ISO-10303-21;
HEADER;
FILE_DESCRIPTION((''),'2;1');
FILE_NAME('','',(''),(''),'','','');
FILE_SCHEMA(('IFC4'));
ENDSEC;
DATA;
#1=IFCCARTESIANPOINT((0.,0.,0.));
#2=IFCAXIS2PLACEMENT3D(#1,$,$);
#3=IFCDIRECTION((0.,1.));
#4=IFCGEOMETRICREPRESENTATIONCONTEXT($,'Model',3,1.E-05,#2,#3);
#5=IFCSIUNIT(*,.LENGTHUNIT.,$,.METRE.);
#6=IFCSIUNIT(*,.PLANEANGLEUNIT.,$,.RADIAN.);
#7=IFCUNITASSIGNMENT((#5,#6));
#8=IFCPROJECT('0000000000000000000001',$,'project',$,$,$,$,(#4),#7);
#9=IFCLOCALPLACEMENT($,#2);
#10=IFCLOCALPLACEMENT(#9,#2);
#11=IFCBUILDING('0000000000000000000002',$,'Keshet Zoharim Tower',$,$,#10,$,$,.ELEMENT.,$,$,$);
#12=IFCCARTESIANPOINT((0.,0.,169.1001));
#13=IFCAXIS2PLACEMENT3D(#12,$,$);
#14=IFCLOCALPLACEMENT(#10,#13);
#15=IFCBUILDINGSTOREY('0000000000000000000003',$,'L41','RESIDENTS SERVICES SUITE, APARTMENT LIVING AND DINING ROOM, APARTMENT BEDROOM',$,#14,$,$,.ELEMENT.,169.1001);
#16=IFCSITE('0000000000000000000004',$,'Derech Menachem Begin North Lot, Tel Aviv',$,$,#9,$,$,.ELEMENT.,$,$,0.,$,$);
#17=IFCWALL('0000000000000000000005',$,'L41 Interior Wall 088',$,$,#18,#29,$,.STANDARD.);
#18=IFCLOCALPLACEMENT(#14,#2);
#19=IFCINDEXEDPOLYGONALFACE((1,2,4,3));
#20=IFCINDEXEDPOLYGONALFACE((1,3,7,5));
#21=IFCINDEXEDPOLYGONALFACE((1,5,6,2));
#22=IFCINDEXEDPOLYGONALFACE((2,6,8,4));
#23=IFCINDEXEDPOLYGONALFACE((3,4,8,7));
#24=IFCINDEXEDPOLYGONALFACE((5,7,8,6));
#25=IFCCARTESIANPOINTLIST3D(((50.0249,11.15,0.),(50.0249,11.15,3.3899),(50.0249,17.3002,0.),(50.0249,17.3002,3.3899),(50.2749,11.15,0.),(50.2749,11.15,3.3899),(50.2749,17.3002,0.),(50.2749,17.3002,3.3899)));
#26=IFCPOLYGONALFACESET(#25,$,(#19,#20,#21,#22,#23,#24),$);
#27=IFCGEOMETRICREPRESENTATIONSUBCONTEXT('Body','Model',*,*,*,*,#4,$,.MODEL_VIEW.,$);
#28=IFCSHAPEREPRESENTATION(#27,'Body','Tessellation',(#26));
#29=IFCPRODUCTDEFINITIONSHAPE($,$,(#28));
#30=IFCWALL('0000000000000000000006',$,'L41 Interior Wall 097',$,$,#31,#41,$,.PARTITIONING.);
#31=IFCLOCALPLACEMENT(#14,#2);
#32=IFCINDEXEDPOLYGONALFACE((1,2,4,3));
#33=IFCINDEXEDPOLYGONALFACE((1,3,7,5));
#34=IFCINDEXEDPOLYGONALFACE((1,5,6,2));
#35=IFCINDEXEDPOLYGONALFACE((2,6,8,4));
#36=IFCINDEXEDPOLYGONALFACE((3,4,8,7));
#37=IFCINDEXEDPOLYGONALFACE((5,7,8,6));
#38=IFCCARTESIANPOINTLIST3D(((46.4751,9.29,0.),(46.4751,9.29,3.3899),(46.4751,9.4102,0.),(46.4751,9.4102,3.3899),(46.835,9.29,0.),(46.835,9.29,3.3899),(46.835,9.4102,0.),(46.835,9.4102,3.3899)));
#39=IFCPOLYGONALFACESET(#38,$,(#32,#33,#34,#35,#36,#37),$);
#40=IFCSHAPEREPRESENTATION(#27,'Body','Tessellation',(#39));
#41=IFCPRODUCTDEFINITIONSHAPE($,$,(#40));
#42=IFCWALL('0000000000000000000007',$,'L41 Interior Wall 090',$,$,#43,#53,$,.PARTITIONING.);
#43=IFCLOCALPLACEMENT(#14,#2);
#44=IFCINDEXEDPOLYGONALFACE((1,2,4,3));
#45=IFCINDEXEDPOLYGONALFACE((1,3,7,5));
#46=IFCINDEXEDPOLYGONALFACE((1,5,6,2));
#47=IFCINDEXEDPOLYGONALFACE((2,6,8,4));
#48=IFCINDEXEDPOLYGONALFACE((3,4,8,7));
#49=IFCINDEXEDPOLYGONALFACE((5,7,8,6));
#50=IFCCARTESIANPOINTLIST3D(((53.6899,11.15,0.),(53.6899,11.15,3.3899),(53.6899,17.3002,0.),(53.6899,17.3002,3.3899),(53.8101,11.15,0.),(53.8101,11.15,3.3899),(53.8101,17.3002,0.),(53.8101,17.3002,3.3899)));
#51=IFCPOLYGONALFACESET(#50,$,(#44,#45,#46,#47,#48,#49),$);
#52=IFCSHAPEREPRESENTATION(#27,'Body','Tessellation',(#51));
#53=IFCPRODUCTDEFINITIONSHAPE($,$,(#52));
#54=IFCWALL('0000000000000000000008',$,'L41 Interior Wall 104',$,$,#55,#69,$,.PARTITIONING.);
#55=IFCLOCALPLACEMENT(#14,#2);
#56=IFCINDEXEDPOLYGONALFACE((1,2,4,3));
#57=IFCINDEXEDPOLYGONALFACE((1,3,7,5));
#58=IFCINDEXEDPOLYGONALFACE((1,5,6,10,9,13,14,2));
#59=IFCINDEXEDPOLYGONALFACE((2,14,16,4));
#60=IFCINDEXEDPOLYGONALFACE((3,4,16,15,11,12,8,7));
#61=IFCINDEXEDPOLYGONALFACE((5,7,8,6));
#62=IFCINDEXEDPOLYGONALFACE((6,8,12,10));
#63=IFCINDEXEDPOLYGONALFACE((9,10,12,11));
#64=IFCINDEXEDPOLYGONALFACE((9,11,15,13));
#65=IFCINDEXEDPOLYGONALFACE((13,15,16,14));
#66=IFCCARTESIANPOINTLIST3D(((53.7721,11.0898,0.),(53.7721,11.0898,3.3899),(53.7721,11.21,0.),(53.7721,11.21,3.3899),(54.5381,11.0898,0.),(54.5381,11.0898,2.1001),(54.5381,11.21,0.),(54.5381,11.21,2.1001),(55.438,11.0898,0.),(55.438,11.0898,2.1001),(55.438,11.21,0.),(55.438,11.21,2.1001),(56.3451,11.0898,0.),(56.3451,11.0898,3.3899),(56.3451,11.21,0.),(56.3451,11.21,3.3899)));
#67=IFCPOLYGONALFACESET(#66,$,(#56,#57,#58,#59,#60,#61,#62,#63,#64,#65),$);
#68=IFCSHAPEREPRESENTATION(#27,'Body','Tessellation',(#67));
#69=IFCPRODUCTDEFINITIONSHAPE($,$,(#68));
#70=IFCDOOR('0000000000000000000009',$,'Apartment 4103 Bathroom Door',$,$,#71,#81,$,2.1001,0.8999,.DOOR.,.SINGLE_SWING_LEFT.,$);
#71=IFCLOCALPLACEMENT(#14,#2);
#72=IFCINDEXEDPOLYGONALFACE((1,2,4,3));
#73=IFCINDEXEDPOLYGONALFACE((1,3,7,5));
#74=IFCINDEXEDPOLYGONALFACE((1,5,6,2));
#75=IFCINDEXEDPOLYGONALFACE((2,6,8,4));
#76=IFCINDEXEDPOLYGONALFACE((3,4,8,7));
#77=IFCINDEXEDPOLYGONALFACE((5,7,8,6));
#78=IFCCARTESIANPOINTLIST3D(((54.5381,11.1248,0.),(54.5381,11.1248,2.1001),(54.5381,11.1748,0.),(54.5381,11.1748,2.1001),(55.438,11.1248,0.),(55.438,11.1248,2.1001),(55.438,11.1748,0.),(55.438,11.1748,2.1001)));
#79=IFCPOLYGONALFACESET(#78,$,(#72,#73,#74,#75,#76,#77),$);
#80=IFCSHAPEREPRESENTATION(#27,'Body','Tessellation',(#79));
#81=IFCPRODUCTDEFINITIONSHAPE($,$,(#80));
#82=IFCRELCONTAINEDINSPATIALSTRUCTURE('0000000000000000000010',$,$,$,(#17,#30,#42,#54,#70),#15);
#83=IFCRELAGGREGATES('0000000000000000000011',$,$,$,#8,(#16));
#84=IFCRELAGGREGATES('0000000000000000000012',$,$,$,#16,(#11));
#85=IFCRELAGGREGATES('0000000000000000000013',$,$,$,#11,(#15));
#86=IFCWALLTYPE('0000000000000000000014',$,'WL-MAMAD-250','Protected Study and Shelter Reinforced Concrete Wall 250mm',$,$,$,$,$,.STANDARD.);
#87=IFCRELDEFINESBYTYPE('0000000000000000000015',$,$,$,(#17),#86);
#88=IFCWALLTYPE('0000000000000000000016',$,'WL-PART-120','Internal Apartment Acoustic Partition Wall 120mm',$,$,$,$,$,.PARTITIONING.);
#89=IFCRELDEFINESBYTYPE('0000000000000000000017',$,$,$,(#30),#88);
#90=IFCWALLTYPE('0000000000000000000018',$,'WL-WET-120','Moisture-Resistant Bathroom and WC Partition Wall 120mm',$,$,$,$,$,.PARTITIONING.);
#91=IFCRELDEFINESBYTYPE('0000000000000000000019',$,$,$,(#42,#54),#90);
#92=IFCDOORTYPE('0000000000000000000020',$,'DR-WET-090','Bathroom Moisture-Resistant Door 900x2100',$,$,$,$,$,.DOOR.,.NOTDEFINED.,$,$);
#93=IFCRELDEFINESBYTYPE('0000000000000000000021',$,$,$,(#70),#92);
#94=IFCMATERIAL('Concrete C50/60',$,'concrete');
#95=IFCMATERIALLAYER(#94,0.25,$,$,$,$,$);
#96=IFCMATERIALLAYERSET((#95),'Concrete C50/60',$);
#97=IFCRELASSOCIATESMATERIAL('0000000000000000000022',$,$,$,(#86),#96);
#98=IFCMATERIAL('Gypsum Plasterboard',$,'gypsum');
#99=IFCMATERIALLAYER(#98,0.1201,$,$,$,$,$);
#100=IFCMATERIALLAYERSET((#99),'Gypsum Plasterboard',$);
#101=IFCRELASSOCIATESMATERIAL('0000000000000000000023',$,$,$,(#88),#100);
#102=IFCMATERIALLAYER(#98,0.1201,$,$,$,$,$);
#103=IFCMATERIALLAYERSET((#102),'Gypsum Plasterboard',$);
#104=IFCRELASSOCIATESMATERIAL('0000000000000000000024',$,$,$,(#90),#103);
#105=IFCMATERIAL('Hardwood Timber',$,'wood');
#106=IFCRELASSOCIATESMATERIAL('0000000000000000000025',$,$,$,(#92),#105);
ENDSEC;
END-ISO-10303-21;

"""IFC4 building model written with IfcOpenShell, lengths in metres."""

from ifc_helpers import new_model, si_unit, direction, frame, frame_2d, origin, place, context, subcontext, project, spatial, rectangle, extrude, material, layer, layer_set, type_object, element, fill, save


model = new_model("IFC4")

# Units and contexts
model_context = context("Model", 3, precision=1e-05, world=origin(), true_north=direction((0.0, 1.0)))
body_context = subcontext(model_context, "Body", "Model", "MODEL_VIEW")
ifc_project = project(units=[si_unit("LENGTHUNIT", "METRE"), si_unit("PLANEANGLEUNIT", "RADIAN")], contexts=[model_context])

# Site, building, storey
site_placement = place(None, origin())
site = spatial("IfcSite", under=ifc_project, at=site_placement, Name="Derech Menachem Begin North Lot, Tel Aviv", CompositionType="ELEMENT", RefElevation=0.0)
building_placement = place(site_placement, origin())
building = spatial("IfcBuilding", under=site, at=building_placement, Name="Keshet Zoharim Tower", CompositionType="ELEMENT")
storey_placement = place(building_placement, frame((0.0, 0.0, 169.1001)))
storey = spatial("IfcBuildingStorey", under=building, at=storey_placement, Name="L41", Description="RESIDENTS SERVICES SUITE, APARTMENT LIVING AND DINING ROOM, APARTMENT BEDROOM", CompositionType="ELEMENT", Elevation=169.1001)

# Wall
ifc_material_1 = material(Name="Concrete C50/60", Category="concrete")
ifc_layer_1 = layer(ifc_material_1, 0.25)
ifc_layer_set_1 = layer_set([ifc_layer_1], Name="Concrete C50/60")
wall_type_1 = type_object("IfcWallType", Name="WL-MAMAD-250", Description="Protected Study and Shelter Reinforced Concrete Wall 250mm", PredefinedType="STANDARD", material=ifc_layer_set_1)
for number, where, z_axis, x_axis, name in (
    (1, (50.1499, 11.1499, 0.0), (0.0, 0.0, 1.0), (0.0, 1.0, 0.0), "L41 Interior Wall 088"),
):
    element("IfcWall", number, at=place(storey_placement, frame(where, z_axis=z_axis, x_axis=x_axis)), inside=storey, type_object=wall_type_1, Name=name, PredefinedType="STANDARD", context=body_context, shape_type="SweptSolid", body=[
        extrude(rectangle(XDim=6.1501, YDim=0.25, at=frame_2d((3.0752, 0.0))), origin(), (0.0, 0.0, 1.0), 3.3899),
    ])

# Shared definitions
ifc_material_2 = material(Name="Hardwood Timber", Category="wood")

# Wall
ifc_material_3 = material(Name="Gypsum Plasterboard", Category="gypsum")
ifc_layer_2 = layer(ifc_material_3, 0.1201)
ifc_layer_set_2 = layer_set([ifc_layer_2], Name="Gypsum Plasterboard")
wall_type_2 = type_object("IfcWallType", Name="WL-PART-120", Description="Internal Apartment Acoustic Partition Wall 120mm", PredefinedType="PARTITIONING", material=ifc_layer_set_2)
wall_1_placement = place(storey_placement, frame((46.4751, 9.3501, 0.0), z_axis=(0.0, 0.0, 1.0), x_axis=(1.0, 0.0, 0.0)))
element("IfcWall", 2, at=wall_1_placement, inside=storey, type_object=wall_type_2, Name="L41 Interior Wall 097", PredefinedType="PARTITIONING", context=body_context, shape_type="SweptSolid", body=[
    extrude(rectangle(XDim=0.3599, YDim=0.1201, at=frame_2d((0.1799, 0.0))), origin(), (0.0, 0.0, 1.0), 3.3899),
])

# Wall
ifc_layer_3 = layer(ifc_material_3, 0.1201)
ifc_layer_set_3 = layer_set([ifc_layer_3], Name="Gypsum Plasterboard")
wall_type_3 = type_object("IfcWallType", Name="WL-WET-120", Description="Moisture-Resistant Bathroom and WC Partition Wall 120mm", PredefinedType="PARTITIONING", material=ifc_layer_set_3)
wall_2_placement = place(storey_placement, frame((53.75, 11.1499, 0.0), z_axis=(0.0, 0.0, 1.0), x_axis=(0.0, 1.0, 0.0)))
element("IfcWall", 3, at=wall_2_placement, inside=storey, type_object=wall_type_3, Name="L41 Interior Wall 090", PredefinedType="PARTITIONING", context=body_context, shape_type="SweptSolid", body=[
    extrude(rectangle(XDim=6.1501, YDim=0.1201, at=frame_2d((3.0752, 0.0))), origin(), (0.0, 0.0, 1.0), 3.3899),
])

# Wall, opening, door
wall_3_placement = place(storey_placement, frame((53.772, 11.1499, 0.0), z_axis=(0.0, 0.0, 1.0), x_axis=(1.0, 0.0, 0.0)))
wall_3 = element("IfcWall", 4, at=wall_3_placement, inside=storey, type_object=wall_type_3, Name="L41 Interior Wall 104", PredefinedType="PARTITIONING", context=body_context, shape_type="SweptSolid", body=[
    extrude(rectangle(XDim=2.573, YDim=0.1201, at=frame_2d((1.2866, 0.0))), origin(), (0.0, 0.0, 1.0), 3.3899),
])
opening_1_placement = place(wall_3_placement, frame((0.7661, 0.0, 0.0)))
opening_1 = element("IfcOpeningElement", 5, at=opening_1_placement, cuts=wall_3, PredefinedType="OPENING", context=body_context, shape_type="SweptSolid", body=[
    extrude(rectangle(XDim=0.8999, YDim=2.1001, at=frame_2d((0.45, 1.05))), frame((0.0, 0.0701, 0.0), z_axis=(0.0, -1.0, 0.0), x_axis=(1.0, 0.0, 0.0)), (0.0, 0.0, 1.0), 0.1401),
])
door_type_1 = type_object("IfcDoorType", Name="DR-WET-090", Description="Bathroom Moisture-Resistant Door 900x2100", OperationType="NOTDEFINED", PredefinedType="DOOR", material=ifc_material_2)
door_1_placement = place(opening_1_placement, origin())
door_1 = element("IfcDoor", 6, at=door_1_placement, inside=storey, type_object=door_type_1, Name="Apartment 4103 Bathroom Door", OperationType="SINGLE_SWING_LEFT", OverallHeight=2.1001, OverallWidth=0.8999, PredefinedType="DOOR", context=body_context, shape_type="SweptSolid", body=[
    extrude(rectangle(XDim=0.8999, YDim=2.1001, at=frame_2d((0.45, 1.05))), frame((0.0, 0.0249, 0.0), z_axis=(0.0, -1.0, 0.0), x_axis=(1.0, 0.0, 0.0)), (0.0, 0.0, 1.0), 0.05),
])
fill(opening_1, door_1)

save(model, "model.ifc")
